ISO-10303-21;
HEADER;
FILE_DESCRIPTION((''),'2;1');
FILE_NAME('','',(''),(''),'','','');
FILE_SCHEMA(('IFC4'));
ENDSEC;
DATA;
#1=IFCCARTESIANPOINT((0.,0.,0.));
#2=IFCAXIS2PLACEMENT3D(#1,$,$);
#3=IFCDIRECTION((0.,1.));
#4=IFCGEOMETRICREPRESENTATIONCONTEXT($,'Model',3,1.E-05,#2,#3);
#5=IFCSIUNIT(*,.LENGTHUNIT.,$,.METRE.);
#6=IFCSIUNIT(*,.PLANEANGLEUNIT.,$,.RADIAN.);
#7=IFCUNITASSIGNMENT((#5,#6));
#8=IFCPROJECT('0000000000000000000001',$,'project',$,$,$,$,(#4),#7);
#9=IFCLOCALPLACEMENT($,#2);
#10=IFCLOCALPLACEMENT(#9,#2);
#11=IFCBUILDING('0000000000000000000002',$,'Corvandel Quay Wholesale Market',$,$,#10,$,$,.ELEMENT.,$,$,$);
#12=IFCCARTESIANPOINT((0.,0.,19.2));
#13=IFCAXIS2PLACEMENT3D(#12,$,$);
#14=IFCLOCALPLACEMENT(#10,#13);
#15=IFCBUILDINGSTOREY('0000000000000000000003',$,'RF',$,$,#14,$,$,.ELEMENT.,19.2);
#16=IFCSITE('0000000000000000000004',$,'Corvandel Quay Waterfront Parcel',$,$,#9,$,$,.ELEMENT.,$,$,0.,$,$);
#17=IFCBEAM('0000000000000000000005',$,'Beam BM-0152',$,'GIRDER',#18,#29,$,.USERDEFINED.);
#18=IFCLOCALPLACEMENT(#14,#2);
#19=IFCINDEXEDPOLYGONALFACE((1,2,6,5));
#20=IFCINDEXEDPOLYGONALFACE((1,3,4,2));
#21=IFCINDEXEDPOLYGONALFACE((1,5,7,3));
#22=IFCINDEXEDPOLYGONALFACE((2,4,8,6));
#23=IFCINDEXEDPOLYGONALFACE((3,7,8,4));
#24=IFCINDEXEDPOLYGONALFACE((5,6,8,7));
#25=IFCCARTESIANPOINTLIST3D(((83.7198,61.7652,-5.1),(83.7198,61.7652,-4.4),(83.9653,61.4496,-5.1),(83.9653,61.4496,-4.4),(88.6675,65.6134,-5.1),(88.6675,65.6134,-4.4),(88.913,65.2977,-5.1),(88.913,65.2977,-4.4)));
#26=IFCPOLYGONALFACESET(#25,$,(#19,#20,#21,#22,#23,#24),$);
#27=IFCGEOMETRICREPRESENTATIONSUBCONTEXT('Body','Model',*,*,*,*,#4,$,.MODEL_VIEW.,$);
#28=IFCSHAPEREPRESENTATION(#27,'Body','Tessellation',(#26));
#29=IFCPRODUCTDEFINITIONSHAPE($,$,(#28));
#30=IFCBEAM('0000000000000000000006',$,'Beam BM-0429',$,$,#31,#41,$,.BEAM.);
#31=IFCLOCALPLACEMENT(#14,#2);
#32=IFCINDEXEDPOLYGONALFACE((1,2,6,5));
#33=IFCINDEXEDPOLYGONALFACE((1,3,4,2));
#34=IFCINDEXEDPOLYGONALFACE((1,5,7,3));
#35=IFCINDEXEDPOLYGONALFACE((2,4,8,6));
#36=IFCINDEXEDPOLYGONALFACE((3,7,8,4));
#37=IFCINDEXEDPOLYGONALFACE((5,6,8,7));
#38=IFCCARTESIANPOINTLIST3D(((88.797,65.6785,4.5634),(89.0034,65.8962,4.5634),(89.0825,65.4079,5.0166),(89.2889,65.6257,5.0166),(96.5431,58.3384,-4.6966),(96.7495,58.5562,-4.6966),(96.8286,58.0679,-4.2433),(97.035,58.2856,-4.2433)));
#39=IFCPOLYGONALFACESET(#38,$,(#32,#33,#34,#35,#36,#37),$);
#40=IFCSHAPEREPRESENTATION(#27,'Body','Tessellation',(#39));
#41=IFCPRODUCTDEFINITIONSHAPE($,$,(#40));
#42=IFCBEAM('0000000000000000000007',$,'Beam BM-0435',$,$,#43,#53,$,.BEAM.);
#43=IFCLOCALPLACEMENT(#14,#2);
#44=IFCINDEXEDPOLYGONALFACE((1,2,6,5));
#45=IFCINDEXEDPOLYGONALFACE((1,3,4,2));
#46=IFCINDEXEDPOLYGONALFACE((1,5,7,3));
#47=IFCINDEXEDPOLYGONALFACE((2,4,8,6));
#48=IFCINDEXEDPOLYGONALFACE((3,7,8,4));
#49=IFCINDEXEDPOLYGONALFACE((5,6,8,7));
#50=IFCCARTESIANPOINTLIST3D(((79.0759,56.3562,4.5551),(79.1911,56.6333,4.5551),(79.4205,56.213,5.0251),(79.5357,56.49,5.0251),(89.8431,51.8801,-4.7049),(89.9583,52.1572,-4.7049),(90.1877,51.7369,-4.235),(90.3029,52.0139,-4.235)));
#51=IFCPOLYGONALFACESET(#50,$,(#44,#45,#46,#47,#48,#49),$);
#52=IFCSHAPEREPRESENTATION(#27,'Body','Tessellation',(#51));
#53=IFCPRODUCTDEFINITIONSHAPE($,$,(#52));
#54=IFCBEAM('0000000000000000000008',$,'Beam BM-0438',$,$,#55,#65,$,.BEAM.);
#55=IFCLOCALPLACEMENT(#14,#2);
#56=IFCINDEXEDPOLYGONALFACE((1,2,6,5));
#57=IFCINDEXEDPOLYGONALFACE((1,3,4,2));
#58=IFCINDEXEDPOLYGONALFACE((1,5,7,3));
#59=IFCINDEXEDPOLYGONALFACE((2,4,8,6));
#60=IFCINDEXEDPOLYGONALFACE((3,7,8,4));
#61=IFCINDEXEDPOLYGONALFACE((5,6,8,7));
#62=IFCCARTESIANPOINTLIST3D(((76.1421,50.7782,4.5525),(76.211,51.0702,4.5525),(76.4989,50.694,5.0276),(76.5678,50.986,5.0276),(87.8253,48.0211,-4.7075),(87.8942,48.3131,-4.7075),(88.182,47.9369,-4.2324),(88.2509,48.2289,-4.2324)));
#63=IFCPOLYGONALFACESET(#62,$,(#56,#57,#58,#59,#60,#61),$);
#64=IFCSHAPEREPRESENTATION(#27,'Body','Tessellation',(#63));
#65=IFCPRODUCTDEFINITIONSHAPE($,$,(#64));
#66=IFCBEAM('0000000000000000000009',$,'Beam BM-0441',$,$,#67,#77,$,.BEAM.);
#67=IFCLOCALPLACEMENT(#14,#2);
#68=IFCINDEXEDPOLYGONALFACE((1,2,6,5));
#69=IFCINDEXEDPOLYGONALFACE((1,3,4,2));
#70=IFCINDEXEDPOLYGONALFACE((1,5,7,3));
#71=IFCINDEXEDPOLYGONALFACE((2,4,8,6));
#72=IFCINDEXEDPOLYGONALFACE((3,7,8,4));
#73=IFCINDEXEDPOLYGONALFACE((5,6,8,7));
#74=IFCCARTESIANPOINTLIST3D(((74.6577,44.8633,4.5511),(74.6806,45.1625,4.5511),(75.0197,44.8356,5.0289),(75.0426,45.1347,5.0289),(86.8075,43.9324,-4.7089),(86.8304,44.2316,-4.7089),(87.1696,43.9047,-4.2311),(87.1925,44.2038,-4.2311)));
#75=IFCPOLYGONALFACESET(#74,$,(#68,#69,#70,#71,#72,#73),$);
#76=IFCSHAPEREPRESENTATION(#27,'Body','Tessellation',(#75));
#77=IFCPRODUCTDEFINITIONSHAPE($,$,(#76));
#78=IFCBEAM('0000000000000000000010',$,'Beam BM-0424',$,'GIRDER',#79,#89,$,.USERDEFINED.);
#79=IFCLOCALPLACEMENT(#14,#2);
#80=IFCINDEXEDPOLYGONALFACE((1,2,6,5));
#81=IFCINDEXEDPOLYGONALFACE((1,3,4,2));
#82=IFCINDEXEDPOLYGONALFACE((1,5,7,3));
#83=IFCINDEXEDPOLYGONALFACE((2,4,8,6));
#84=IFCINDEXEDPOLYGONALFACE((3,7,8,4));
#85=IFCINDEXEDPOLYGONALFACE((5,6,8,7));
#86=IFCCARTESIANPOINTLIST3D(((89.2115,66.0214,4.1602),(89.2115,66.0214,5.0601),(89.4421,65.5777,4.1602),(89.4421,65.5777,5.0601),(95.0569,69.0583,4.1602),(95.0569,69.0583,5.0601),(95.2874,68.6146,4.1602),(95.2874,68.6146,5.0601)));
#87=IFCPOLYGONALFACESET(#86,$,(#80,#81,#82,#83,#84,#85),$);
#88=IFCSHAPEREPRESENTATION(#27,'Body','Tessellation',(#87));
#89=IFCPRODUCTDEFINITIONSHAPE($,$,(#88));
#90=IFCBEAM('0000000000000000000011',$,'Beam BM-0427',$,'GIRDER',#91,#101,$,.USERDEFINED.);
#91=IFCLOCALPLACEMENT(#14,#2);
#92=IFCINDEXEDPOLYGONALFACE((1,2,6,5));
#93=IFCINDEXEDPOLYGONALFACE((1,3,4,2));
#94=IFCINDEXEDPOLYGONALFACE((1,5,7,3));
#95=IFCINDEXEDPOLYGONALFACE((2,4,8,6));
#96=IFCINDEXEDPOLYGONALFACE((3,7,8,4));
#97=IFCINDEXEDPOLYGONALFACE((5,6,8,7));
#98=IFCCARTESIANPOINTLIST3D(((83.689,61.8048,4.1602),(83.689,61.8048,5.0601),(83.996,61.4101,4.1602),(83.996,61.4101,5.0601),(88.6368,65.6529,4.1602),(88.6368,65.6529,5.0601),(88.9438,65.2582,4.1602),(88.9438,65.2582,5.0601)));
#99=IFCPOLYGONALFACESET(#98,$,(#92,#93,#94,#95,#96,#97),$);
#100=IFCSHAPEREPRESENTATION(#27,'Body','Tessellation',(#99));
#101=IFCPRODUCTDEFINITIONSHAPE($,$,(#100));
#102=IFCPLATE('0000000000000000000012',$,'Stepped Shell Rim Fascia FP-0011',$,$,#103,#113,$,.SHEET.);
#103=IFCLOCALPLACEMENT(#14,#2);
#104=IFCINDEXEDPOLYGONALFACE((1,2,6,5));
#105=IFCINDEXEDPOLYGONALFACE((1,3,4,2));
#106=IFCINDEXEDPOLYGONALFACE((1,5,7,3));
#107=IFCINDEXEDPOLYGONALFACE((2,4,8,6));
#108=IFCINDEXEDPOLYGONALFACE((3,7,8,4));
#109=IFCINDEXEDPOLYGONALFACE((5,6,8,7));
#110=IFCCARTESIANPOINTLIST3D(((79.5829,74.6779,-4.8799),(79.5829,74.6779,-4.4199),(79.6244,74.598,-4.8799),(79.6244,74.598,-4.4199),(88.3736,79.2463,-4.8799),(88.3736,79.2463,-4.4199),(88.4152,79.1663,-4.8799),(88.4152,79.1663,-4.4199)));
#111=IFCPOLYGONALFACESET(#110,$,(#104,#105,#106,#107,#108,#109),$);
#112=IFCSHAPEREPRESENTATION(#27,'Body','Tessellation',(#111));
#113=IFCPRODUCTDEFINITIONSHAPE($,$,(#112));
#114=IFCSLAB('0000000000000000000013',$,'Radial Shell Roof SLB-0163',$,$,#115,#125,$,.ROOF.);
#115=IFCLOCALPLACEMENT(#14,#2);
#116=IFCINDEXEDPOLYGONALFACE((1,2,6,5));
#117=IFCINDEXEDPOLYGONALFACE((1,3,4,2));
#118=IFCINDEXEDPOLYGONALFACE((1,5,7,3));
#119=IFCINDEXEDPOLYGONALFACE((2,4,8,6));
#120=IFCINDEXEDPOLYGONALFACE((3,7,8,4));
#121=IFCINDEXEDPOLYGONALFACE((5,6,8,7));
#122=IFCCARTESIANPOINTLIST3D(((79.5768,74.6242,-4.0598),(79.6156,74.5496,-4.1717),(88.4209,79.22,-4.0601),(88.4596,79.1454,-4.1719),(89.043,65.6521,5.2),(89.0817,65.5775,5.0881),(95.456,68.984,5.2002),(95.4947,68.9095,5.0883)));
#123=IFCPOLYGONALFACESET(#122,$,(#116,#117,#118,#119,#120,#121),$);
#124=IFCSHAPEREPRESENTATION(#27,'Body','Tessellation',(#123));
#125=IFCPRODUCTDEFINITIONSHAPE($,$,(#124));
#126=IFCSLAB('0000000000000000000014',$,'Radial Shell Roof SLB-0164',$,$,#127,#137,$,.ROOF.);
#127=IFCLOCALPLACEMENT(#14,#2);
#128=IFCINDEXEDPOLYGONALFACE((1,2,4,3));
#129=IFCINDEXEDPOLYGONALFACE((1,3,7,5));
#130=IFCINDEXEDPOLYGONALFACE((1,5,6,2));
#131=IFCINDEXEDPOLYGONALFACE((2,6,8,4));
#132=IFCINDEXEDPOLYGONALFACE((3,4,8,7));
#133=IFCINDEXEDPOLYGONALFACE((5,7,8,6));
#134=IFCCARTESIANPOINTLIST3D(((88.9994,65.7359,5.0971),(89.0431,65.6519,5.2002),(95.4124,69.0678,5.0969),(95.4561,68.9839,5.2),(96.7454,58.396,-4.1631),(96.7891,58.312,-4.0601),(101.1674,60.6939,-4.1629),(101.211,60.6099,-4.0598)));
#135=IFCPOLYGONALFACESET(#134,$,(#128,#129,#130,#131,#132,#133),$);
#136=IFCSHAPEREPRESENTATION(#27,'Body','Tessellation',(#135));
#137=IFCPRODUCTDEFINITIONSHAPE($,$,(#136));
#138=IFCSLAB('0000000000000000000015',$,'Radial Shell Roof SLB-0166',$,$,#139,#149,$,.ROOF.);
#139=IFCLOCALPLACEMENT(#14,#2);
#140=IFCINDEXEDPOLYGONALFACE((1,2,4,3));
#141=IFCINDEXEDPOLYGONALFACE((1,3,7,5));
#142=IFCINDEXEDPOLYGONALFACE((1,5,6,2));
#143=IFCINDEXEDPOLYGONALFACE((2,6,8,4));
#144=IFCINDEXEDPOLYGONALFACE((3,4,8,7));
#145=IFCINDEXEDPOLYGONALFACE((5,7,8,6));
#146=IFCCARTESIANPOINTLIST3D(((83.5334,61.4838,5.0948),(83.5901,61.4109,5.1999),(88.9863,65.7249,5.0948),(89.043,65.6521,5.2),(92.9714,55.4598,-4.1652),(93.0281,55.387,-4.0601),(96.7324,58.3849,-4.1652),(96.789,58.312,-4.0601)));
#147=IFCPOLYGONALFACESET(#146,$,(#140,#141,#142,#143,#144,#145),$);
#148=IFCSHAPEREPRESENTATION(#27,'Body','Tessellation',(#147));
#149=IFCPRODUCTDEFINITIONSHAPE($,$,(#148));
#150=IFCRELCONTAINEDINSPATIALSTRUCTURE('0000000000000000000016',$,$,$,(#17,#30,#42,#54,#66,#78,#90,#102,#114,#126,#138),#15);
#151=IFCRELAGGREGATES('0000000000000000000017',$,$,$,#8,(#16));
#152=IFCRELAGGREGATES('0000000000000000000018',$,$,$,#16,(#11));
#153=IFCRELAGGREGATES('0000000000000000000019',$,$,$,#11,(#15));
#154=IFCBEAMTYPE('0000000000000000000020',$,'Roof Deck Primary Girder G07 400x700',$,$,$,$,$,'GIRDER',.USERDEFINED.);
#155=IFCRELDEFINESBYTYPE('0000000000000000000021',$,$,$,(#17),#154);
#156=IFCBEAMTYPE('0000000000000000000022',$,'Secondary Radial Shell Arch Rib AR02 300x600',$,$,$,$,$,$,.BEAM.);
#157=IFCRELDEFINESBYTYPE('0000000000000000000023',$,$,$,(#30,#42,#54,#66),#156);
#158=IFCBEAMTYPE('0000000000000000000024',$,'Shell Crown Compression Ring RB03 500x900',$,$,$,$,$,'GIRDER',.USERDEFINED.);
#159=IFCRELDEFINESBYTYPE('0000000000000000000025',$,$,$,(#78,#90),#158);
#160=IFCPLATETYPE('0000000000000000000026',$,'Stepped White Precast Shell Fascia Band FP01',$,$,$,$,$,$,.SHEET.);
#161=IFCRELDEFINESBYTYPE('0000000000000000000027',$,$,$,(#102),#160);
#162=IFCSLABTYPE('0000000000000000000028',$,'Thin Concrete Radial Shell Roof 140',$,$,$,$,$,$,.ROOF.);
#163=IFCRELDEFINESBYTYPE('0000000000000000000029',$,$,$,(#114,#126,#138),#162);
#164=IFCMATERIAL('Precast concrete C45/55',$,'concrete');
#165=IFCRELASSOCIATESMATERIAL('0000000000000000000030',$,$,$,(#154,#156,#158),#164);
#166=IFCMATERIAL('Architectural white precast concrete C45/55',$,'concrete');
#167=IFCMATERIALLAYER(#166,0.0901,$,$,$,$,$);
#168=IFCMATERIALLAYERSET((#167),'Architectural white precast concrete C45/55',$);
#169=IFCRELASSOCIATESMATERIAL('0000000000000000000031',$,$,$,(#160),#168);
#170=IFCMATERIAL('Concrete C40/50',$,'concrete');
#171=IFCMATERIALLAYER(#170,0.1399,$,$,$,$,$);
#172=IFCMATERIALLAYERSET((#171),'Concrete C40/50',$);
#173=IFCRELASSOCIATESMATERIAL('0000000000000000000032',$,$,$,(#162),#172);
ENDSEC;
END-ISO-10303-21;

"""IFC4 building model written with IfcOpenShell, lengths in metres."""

from ifc_helpers import new_model, si_unit, direction, frame, origin, origin_2d, place, context, subcontext, project, spatial, polyline, rectangle, outline, extrude, material, layer, layer_set, material_profile, profile_set, type_object, element, save


model = new_model("IFC4")

# Units and contexts
model_context = context("Model", 3, precision=1e-05, world=origin(), true_north=direction((0.0, 1.0)))
body_context = subcontext(model_context, "Body", "Model", "MODEL_VIEW")
ifc_project = project(units=[si_unit("LENGTHUNIT", "METRE"), si_unit("PLANEANGLEUNIT", "RADIAN")], contexts=[model_context])

# Site, building, storey
site_placement = place(None, origin())
site = spatial("IfcSite", under=ifc_project, at=site_placement, Name="Corvandel Quay Waterfront Parcel", CompositionType="ELEMENT", RefElevation=0.0)
building_placement = place(site_placement, origin())
building = spatial("IfcBuilding", under=site, at=building_placement, Name="Corvandel Quay Wholesale Market", CompositionType="ELEMENT")
storey_placement = place(building_placement, frame((0.0, 0.0, 19.2)))
storey = spatial("IfcBuildingStorey", under=building, at=storey_placement, Name="RF", CompositionType="ELEMENT", Elevation=19.2)

# Shared definitions
ifc_material_1 = material(Name="Precast concrete C45/55", Category="concrete")

# Beams
ifc_material_profile_1 = material_profile(ifc_material_1, rectangle(XDim=0.3999, YDim=0.7, at=origin_2d()), Name="PC-GIR-400x700")
ifc_profile_set_1 = profile_set([ifc_material_profile_1], Name="Precast concrete C45/55")
beam_type_1 = type_object("IfcBeamType", Name="Roof Deck Primary Girder G07 400x700", ElementType="GIRDER", PredefinedType="USERDEFINED", material=ifc_profile_set_1)
beam_1_placement = place(storey_placement, frame((88.7903, 65.4556, -4.75), z_axis=(-0.789361, -0.61393, 0.0), x_axis=(0.61393, -0.789361, 0.0)))
element("IfcBeam", 1, at=beam_1_placement, inside=storey, type_object=beam_type_1, Name="Beam BM-0152", ObjectType="GIRDER", PredefinedType="USERDEFINED", context=body_context, shape_type="SweptSolid", body=[
    extrude(rectangle(XDim=0.3999, YDim=0.7, at=origin_2d()), origin(), (0.0, 0.0, 1.0), 6.2681),
])
ifc_material_profile_2 = material_profile(ifc_material_1, rectangle(XDim=0.3, YDim=0.6001, at=origin_2d()), Name="PC-RIB-300x600")
ifc_profile_set_2 = profile_set([ifc_material_profile_2], Name="Precast concrete C45/55")
beam_type_2 = type_object("IfcBeamType", Name="Secondary Radial Shell Arch Rib AR02 300x600", PredefinedType="BEAM", material=ifc_profile_set_2)
beam_2_placement = place(storey_placement, frame((96.7891, 58.312, -4.47), z_axis=(-0.548244, 0.519508, 0.655394), x_axis=(-0.687828, -0.725874, 0.0)))
element("IfcBeam", 2, at=beam_2_placement, inside=storey, type_object=beam_type_2, Name="Beam BM-0429", PredefinedType="BEAM", context=body_context, shape_type="SweptSolid", body=[
    extrude(rectangle(XDim=0.3, YDim=0.6001, at=origin_2d()), origin(), (0.0, 0.0, 1.0), 14.1289),
])
beam_3_placement = place(storey_placement, frame((90.073, 51.947, -4.47), z_axis=(-0.723107, 0.300609, 0.621893), x_axis=(-0.383869, -0.923388, 0.0)))
element("IfcBeam", 3, at=beam_3_placement, inside=storey, type_object=beam_type_2, Name="Beam BM-0435", PredefinedType="BEAM", context=body_context, shape_type="SweptSolid", body=[
    extrude(rectangle(XDim=0.3, YDim=0.6001, at=origin_2d()), origin(), (0.0, 0.0, 1.0), 14.8901),
])
beam_4_placement = place(storey_placement, frame((88.0381, 48.125, -4.47), z_axis=(-0.770622, 0.181858, 0.610794), x_axis=(-0.22968, -0.973266, 0.0)))
element("IfcBeam", 4, at=beam_4_placement, inside=storey, type_object=beam_type_2, Name="Beam BM-0438", PredefinedType="BEAM", context=body_context, shape_type="SweptSolid", body=[
    extrude(rectangle(XDim=0.3, YDim=0.6001, at=origin_2d()), origin(), (0.0, 0.0, 1.0), 15.1606),
])
beam_5_placement = place(storey_placement, frame((87.0, 44.0681, -4.47), z_axis=(-0.793866, 0.060825, 0.605043), x_axis=(-0.076395, -0.997078, 0.0)))
element("IfcBeam", 5, at=beam_5_placement, inside=storey, type_object=beam_type_2, Name="Beam BM-0441", PredefinedType="BEAM", context=body_context, shape_type="SweptSolid", body=[
    extrude(rectangle(XDim=0.3, YDim=0.6001, at=origin_2d()), origin(), (0.0, 0.0, 1.0), 15.3047),
])
ifc_material_profile_3 = material_profile(ifc_material_1, rectangle(XDim=0.5, YDim=0.8999, at=origin_2d()), Name="PC-RING-500x900")
ifc_profile_set_3 = profile_set([ifc_material_profile_3], Name="Precast concrete C45/55")
beam_type_3 = type_object("IfcBeamType", Name="Shell Crown Compression Ring RB03 500x900", ElementType="GIRDER", PredefinedType="USERDEFINED", material=ifc_profile_set_3)
beam_6_placement = place(storey_placement, frame((95.1721, 68.8364, 4.6101), z_axis=(-0.887381, -0.461036, 0.0), x_axis=(0.461036, -0.887381, 0.0)))
element("IfcBeam", 6, at=beam_6_placement, inside=storey, type_object=beam_type_3, Name="Beam BM-0424", ObjectType="GIRDER", PredefinedType="USERDEFINED", context=body_context, shape_type="SweptSolid", body=[
    extrude(rectangle(XDim=0.5, YDim=0.8999, at=origin_2d()), origin(), (0.0, 0.0, 1.0), 6.5872),
])
beam_7_placement = place(storey_placement, frame((88.7903, 65.4556, 4.6101), z_axis=(-0.789361, -0.61393, 0.0), x_axis=(0.61393, -0.789361, 0.0)))
element("IfcBeam", 7, at=beam_7_placement, inside=storey, type_object=beam_type_3, Name="Beam BM-0427", ObjectType="GIRDER", PredefinedType="USERDEFINED", context=body_context, shape_type="SweptSolid", body=[
    extrude(rectangle(XDim=0.5, YDim=0.8999, at=origin_2d()), origin(), (0.0, 0.0, 1.0), 6.2681),
])

# Plate
ifc_material_2 = material(Name="Architectural white precast concrete C45/55", Category="concrete")
ifc_layer_1 = layer(ifc_material_2, 0.0901)
ifc_layer_set_1 = layer_set([ifc_layer_1], Name="Architectural white precast concrete C45/55")
plate_type = type_object("IfcPlateType", Name="Stepped White Precast Shell Fascia Band FP01", PredefinedType="SHEET", material=ifc_layer_set_1)
plate_placement = place(storey_placement, frame((83.999, 76.9221, -4.8799), z_axis=(0.0, 0.0, 1.0), x_axis=(0.887333, 0.461129, 0.0)))
element("IfcPlate", 8, at=plate_placement, inside=storey, type_object=plate_type, Name="Stepped Shell Rim Fascia FP-0011", PredefinedType="SHEET", context=body_context, shape_type="SweptSolid", body=[
    extrude(rectangle(XDim=9.907, YDim=0.0901, at=origin_2d()), origin(), (0.0, 0.0, 1.0), 0.46),
])

# Slabs
ifc_material_3 = material(Name="Concrete C40/50", Category="concrete")
ifc_layer_2 = layer(ifc_material_3, 0.1399)
ifc_layer_set_2 = layer_set([ifc_layer_2], Name="Concrete C40/50")
slab_type = type_object("IfcSlabType", Name="Thin Concrete Radial Shell Roof 140", PredefinedType="ROOF", material=ifc_layer_set_2)
slab_1_placement = place(storey_placement, frame((88.4209, 79.22, -4.0601), z_axis=(-0.276939, 0.532975, 0.799526), x_axis=(-0.887345, -0.461107, 0.000022)))
element("IfcSlab", 9, at=slab_1_placement, inside=storey, type_object=slab_type, Name="Radial Shell Roof SLB-0163", PredefinedType="ROOF", context=body_context, shape_type="SweptSolid", body=[
    extrude(outline(polyline([(0.0, 0.0), (9.9669, 0.0), (5.7044, 15.4169), (-1.5225, 15.4175), (0.0, 0.0)])), origin(), (0.0, 0.0, -1.0), 0.1399),
])
slab_2_placement = place(storey_placement, frame((95.4561, 68.9839, 5.2), z_axis=(0.311852, -0.600173, 0.736573), x_axis=(-0.887375, -0.461048, 0.000029)))
element("IfcSlab", 10, at=slab_2_placement, inside=storey, type_object=slab_type, Name="Radial Shell Roof SLB-0164", PredefinedType="ROOF", context=body_context, shape_type="SweptSolid", body=[
    extrude(outline(polyline([(0.0, 0.0), (7.2269, 0.0), (3.7371, 13.6912), (-1.2463, 13.6906), (0.0, 0.0)])), origin(), (0.0, 0.0, -1.0), 0.1399),
])
slab_3_placement = place(storey_placement, frame((89.043, 65.6521, 5.2), z_axis=(0.405004, -0.520725, 0.751543), x_axis=(-0.78935, -0.613943, -0.000007)))
element("IfcSlab", 11, at=slab_3_placement, inside=storey, type_object=slab_type, Name="Radial Shell Roof SLB-0166", PredefinedType="ROOF", context=body_context, shape_type="SweptSolid", body=[
    extrude(outline(polyline([(0.0, 0.0), (6.9081, 0.0), (3.1566, 14.037), (-1.6079, 14.0371), (0.0, 0.0)])), origin(), (0.0, 0.0, -1.0), 0.1399),
])

save(model, "model.ifc")
